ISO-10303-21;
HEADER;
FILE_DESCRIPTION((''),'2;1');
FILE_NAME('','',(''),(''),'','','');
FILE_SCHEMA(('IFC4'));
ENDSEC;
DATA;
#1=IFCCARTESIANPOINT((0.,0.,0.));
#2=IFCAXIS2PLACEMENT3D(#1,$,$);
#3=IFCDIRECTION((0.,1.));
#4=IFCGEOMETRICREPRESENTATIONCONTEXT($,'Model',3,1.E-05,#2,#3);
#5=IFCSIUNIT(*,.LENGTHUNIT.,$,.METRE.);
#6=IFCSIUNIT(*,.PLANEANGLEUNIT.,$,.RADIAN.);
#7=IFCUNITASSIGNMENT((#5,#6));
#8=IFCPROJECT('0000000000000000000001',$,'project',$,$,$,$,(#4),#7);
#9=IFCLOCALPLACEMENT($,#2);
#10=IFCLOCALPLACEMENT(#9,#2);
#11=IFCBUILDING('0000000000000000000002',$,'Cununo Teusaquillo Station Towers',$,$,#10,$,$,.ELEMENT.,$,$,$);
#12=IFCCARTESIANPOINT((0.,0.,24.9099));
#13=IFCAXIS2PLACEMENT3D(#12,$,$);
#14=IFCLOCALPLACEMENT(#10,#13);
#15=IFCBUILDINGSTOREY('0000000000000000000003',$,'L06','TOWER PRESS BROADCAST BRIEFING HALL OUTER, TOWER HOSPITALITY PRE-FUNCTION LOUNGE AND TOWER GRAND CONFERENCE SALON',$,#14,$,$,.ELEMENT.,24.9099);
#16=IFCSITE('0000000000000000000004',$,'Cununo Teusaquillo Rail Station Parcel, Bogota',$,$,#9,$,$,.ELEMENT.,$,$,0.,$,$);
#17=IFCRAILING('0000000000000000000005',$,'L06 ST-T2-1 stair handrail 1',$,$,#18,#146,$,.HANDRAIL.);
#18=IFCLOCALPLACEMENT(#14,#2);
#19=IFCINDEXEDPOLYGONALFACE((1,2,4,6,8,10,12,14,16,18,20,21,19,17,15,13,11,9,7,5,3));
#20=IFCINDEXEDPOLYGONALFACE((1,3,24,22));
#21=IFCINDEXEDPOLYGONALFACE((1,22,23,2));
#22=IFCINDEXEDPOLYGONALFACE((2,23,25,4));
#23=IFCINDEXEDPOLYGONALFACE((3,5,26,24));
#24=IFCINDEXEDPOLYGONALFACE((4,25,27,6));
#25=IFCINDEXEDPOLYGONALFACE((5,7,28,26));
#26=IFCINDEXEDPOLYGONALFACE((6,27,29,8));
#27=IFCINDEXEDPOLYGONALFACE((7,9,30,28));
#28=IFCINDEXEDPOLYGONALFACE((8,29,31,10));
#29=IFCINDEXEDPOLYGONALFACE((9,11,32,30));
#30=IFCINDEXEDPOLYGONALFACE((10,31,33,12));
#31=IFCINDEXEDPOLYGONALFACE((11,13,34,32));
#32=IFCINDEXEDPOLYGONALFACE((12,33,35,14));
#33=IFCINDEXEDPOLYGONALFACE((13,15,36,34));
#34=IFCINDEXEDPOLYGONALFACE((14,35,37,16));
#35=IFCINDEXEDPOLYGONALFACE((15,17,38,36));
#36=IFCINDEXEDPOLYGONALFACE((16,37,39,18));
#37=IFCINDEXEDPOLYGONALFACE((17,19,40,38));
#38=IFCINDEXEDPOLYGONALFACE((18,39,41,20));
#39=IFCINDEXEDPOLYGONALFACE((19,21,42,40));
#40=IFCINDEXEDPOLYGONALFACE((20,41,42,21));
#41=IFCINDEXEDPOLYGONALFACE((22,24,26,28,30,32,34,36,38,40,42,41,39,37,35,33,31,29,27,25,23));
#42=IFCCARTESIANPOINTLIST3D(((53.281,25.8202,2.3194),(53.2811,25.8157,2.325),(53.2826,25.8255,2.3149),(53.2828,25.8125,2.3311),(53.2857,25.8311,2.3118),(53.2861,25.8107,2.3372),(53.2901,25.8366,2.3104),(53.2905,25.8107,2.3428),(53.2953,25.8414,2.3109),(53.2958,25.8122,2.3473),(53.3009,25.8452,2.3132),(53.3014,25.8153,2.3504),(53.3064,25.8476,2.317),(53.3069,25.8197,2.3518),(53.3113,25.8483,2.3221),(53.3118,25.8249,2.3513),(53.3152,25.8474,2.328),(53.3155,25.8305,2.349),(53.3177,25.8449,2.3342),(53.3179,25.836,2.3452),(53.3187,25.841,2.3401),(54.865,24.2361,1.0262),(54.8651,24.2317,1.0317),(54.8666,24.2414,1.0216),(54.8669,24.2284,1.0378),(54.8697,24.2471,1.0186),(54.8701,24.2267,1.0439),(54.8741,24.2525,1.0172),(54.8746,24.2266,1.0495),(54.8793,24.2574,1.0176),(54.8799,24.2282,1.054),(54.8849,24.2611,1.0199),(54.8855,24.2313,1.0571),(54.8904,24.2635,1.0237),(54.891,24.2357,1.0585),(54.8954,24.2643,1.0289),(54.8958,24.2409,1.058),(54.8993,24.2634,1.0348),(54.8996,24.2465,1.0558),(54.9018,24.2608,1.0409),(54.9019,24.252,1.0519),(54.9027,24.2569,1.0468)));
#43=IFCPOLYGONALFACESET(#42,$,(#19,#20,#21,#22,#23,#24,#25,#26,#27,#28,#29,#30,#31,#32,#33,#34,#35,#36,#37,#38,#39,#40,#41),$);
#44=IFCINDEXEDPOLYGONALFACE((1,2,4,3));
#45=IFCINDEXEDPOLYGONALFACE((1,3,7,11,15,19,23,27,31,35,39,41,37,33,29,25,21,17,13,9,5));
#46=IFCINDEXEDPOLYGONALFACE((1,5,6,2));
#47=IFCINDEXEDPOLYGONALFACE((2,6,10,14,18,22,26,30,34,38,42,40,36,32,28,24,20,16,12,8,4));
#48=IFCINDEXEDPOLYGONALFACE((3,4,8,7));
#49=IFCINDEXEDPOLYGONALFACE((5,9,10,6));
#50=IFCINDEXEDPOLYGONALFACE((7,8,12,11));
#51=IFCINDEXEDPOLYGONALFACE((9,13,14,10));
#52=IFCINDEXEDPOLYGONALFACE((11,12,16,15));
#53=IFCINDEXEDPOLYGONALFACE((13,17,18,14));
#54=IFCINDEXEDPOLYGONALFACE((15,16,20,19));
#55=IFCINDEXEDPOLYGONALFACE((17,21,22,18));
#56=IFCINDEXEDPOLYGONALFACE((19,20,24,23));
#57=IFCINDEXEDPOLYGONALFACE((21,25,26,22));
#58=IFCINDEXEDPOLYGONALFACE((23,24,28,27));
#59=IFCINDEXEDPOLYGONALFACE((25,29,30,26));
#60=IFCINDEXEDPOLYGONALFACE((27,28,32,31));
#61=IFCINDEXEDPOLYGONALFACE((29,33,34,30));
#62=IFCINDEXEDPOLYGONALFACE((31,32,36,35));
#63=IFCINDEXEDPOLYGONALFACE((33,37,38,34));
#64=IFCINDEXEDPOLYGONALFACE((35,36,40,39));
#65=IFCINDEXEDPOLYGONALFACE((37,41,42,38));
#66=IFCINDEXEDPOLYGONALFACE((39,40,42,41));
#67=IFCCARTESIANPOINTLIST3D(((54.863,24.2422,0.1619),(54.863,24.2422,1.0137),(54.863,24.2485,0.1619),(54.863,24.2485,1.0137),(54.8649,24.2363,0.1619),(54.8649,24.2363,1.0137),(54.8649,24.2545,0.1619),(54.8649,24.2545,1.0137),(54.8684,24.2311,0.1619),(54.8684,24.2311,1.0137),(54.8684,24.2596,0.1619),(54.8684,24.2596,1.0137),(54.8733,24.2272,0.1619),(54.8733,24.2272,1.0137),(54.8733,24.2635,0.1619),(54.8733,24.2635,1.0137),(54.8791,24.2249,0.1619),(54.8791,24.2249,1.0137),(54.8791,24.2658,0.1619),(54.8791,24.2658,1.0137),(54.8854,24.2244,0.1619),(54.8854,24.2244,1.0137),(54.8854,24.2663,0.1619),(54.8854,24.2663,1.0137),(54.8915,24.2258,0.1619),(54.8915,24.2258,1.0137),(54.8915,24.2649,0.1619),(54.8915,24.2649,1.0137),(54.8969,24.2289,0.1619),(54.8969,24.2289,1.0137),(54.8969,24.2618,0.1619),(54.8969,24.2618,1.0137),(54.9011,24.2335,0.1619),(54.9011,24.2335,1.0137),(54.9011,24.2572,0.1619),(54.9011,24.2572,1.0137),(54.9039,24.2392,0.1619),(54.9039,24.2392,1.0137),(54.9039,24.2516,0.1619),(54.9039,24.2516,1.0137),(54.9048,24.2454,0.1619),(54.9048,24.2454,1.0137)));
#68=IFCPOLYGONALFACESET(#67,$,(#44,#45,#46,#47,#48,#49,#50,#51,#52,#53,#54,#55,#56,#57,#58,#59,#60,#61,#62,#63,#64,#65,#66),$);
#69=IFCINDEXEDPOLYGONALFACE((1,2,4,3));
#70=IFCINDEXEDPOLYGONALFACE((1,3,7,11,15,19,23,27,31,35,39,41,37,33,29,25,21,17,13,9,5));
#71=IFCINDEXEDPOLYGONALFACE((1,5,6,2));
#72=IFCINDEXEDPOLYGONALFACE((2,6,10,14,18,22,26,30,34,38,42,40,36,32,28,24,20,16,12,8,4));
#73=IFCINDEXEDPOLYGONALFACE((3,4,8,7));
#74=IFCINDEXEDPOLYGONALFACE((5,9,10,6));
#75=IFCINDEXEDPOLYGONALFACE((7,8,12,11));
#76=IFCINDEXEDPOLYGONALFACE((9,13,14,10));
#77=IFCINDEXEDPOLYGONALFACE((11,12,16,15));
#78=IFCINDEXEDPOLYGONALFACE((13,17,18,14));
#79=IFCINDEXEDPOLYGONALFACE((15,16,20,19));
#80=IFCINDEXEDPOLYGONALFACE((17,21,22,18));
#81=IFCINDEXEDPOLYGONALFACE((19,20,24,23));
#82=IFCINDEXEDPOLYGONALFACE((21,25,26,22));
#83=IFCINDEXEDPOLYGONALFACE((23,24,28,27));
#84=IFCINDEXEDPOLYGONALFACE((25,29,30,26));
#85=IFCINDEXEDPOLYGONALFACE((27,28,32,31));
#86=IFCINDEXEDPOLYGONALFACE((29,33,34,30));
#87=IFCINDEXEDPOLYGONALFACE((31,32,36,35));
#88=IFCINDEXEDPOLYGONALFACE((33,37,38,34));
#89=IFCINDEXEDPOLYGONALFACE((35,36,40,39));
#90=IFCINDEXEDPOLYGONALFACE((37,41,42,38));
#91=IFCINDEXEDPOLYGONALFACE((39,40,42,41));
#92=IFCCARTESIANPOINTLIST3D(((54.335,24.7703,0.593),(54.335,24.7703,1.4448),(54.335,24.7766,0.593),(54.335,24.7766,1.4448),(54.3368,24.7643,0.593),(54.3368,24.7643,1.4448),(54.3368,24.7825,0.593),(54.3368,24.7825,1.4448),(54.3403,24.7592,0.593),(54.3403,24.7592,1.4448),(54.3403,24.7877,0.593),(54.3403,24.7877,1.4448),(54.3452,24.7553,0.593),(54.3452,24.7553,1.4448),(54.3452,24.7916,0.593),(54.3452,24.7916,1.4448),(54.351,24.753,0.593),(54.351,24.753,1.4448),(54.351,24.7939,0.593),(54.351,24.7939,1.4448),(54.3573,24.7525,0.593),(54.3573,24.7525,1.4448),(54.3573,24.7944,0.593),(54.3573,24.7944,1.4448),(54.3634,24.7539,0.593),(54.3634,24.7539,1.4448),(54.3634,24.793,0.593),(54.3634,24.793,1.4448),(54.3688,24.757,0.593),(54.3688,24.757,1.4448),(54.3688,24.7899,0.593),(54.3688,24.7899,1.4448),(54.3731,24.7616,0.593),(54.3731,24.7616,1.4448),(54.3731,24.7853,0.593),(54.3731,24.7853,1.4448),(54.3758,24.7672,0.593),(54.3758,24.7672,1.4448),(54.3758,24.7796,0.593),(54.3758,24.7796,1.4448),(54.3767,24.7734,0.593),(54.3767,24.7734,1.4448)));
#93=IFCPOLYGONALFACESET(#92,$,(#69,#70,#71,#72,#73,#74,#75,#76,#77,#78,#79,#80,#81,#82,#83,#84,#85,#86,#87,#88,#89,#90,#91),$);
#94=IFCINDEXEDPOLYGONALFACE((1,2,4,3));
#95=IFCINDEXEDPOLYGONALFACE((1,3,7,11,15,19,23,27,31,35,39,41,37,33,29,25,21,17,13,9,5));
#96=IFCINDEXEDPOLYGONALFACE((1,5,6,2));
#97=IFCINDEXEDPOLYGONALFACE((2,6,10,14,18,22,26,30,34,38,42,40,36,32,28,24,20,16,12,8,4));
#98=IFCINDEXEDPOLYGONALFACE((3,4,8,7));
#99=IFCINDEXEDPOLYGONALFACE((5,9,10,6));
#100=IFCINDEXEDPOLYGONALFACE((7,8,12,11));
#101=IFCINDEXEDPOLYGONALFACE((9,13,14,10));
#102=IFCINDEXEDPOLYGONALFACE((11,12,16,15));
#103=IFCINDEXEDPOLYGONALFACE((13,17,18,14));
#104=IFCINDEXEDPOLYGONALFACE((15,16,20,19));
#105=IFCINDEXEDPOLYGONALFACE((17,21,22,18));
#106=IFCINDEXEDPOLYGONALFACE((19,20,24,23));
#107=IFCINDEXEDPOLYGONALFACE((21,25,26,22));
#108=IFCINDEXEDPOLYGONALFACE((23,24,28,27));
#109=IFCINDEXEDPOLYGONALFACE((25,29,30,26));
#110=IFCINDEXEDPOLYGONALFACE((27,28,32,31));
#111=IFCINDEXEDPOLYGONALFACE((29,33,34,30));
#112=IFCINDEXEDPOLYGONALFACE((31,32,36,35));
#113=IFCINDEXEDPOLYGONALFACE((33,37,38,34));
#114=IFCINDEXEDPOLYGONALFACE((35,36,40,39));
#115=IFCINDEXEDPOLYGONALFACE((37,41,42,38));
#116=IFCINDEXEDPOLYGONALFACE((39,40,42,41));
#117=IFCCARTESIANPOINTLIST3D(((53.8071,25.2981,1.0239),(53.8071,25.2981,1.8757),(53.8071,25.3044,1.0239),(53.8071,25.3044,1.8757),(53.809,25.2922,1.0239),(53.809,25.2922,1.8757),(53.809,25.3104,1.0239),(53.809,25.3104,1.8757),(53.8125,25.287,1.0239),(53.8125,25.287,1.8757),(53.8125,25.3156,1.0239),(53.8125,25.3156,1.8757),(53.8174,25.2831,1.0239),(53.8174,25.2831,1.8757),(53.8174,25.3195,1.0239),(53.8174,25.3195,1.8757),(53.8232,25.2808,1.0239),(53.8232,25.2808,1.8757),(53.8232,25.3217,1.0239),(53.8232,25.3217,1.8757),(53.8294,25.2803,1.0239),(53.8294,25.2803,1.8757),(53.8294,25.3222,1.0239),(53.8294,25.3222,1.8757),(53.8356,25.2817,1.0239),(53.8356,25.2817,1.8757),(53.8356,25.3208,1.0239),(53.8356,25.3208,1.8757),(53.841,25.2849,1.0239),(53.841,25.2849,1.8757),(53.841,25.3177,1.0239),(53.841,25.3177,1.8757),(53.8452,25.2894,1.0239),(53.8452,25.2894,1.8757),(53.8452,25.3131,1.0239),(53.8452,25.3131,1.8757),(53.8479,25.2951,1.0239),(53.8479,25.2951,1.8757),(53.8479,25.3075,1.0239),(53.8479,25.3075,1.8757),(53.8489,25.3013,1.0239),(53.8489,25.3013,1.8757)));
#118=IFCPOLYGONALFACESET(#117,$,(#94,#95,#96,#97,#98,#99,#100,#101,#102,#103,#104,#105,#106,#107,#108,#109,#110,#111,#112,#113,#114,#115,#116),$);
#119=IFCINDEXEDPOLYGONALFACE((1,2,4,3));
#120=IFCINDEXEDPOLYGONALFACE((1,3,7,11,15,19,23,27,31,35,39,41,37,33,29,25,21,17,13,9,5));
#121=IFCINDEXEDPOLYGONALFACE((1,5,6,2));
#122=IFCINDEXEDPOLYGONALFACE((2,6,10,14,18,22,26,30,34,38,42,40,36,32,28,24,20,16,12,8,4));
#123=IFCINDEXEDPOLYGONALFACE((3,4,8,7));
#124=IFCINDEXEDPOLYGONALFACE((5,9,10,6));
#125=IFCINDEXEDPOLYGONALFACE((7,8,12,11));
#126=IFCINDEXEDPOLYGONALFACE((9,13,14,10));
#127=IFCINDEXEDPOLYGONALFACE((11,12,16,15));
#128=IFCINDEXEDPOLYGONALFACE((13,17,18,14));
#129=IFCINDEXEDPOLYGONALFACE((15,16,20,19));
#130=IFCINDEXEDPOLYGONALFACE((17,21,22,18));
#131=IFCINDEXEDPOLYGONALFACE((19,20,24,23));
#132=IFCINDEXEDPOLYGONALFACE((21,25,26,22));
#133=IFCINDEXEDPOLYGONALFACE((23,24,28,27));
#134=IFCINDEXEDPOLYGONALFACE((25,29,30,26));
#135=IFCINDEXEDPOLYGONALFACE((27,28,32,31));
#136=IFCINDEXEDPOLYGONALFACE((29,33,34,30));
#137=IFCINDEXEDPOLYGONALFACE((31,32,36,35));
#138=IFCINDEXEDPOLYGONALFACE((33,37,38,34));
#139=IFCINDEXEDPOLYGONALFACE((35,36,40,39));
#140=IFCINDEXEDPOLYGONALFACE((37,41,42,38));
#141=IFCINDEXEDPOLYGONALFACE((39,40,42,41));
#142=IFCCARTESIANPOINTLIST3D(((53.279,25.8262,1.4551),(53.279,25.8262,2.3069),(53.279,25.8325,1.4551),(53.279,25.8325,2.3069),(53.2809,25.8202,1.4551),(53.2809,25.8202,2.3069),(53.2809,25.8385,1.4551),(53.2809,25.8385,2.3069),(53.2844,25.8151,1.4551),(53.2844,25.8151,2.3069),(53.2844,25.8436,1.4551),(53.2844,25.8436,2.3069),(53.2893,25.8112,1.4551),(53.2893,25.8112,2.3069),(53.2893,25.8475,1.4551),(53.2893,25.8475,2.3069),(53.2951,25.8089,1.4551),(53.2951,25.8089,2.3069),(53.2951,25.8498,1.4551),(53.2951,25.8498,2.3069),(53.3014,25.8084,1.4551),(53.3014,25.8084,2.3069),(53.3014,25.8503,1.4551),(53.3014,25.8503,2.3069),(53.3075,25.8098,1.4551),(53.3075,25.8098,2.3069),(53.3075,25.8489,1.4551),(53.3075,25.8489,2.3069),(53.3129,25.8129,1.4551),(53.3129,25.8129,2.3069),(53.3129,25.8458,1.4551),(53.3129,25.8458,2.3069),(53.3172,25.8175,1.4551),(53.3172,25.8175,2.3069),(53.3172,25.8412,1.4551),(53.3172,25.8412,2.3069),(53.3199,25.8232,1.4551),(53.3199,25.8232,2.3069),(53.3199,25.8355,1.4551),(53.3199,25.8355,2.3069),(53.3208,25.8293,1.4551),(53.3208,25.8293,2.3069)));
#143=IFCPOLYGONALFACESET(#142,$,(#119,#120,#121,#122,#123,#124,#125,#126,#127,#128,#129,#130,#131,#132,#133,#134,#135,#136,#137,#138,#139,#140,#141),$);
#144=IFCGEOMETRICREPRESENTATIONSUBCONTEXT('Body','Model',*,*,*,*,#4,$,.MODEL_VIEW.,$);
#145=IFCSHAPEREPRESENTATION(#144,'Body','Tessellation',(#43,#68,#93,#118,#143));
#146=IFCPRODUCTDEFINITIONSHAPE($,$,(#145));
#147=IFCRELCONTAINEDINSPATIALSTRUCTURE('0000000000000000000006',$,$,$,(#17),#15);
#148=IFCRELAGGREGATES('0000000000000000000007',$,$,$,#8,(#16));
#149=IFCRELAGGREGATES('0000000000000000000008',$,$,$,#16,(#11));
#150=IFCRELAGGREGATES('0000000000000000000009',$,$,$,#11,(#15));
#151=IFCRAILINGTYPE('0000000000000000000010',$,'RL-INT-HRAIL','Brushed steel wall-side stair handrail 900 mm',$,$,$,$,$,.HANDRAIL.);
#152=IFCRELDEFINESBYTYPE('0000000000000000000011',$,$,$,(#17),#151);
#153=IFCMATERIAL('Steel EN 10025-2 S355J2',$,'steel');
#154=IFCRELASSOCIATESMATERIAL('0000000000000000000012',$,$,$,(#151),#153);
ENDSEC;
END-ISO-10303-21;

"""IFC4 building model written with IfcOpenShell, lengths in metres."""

from ifc_helpers import new_model, si_unit, direction, frame, origin, origin_2d, place, context, subcontext, project, spatial, circle, extrude, material, type_object, element, save


model = new_model("IFC4")

# Units and contexts
model_context = context("Model", 3, precision=1e-05, world=origin(), true_north=direction((0.0, 1.0)))
body_context = subcontext(model_context, "Body", "Model", "MODEL_VIEW")
ifc_project = project(units=[si_unit("LENGTHUNIT", "METRE"), si_unit("PLANEANGLEUNIT", "RADIAN")], contexts=[model_context])

# Site, building, storey
site_placement = place(None, origin())
site = spatial("IfcSite", under=ifc_project, at=site_placement, Name="Cununo Teusaquillo Rail Station Parcel, Bogota", CompositionType="ELEMENT", RefElevation=0.0)
building_placement = place(site_placement, origin())
building = spatial("IfcBuilding", under=site, at=building_placement, Name="Cununo Teusaquillo Station Towers", CompositionType="ELEMENT")
storey_placement = place(building_placement, frame((0.0, 0.0, 24.9099)))
storey = spatial("IfcBuildingStorey", under=building, at=storey_placement, Name="L06", Description="TOWER PRESS BROADCAST BRIEFING HALL OUTER, TOWER HOSPITALITY PRE-FUNCTION LOUNGE AND TOWER GRAND CONFERENCE SALON", CompositionType="ELEMENT", Elevation=24.9099)

# Railing
ifc_material_1 = material(Name="Steel EN 10025-2 S355J2", Category="steel")
railing_type_1 = type_object("IfcRailingType", Name="RL-INT-HRAIL", Description="Brushed steel wall-side stair handrail 900 mm", PredefinedType="HANDRAIL", material=ifc_material_1)
railing_1_placement = place(storey_placement, frame((54.8838, 24.2454, 0.1619)))
element("IfcRailing", 1, at=railing_1_placement, inside=storey, type_object=railing_type_1, Name="L06 ST-T2-1 stair handrail 1", PredefinedType="HANDRAIL", context=body_context, shape_type="SweptSolid", body=[
    extrude(circle(Radius=0.0239, at=origin_2d()), frame((0.0, 0.0, 0.876), z_axis=(-0.612385, 0.612385, 0.49997), x_axis=(-0.707107, -0.707107, 0.0)), (0.0, 0.0, 1.0), 2.5867),
    extrude(circle(Radius=0.021, at=origin_2d()), origin(), (0.0, 0.0, 1.0), 0.8518),
    extrude(circle(Radius=0.021, at=origin_2d()), frame((-0.5281, 0.5281, 0.4312)), (0.0, 0.0, 1.0), 0.8518),
    extrude(circle(Radius=0.021, at=origin_2d()), frame((-1.0559, 1.0559, 0.8621)), (0.0, 0.0, 1.0), 0.8518),
    extrude(circle(Radius=0.021, at=origin_2d()), frame((-1.584, 1.584, 1.2932)), (0.0, 0.0, 1.0), 0.8518),
])

save(model, "model.ifc")
